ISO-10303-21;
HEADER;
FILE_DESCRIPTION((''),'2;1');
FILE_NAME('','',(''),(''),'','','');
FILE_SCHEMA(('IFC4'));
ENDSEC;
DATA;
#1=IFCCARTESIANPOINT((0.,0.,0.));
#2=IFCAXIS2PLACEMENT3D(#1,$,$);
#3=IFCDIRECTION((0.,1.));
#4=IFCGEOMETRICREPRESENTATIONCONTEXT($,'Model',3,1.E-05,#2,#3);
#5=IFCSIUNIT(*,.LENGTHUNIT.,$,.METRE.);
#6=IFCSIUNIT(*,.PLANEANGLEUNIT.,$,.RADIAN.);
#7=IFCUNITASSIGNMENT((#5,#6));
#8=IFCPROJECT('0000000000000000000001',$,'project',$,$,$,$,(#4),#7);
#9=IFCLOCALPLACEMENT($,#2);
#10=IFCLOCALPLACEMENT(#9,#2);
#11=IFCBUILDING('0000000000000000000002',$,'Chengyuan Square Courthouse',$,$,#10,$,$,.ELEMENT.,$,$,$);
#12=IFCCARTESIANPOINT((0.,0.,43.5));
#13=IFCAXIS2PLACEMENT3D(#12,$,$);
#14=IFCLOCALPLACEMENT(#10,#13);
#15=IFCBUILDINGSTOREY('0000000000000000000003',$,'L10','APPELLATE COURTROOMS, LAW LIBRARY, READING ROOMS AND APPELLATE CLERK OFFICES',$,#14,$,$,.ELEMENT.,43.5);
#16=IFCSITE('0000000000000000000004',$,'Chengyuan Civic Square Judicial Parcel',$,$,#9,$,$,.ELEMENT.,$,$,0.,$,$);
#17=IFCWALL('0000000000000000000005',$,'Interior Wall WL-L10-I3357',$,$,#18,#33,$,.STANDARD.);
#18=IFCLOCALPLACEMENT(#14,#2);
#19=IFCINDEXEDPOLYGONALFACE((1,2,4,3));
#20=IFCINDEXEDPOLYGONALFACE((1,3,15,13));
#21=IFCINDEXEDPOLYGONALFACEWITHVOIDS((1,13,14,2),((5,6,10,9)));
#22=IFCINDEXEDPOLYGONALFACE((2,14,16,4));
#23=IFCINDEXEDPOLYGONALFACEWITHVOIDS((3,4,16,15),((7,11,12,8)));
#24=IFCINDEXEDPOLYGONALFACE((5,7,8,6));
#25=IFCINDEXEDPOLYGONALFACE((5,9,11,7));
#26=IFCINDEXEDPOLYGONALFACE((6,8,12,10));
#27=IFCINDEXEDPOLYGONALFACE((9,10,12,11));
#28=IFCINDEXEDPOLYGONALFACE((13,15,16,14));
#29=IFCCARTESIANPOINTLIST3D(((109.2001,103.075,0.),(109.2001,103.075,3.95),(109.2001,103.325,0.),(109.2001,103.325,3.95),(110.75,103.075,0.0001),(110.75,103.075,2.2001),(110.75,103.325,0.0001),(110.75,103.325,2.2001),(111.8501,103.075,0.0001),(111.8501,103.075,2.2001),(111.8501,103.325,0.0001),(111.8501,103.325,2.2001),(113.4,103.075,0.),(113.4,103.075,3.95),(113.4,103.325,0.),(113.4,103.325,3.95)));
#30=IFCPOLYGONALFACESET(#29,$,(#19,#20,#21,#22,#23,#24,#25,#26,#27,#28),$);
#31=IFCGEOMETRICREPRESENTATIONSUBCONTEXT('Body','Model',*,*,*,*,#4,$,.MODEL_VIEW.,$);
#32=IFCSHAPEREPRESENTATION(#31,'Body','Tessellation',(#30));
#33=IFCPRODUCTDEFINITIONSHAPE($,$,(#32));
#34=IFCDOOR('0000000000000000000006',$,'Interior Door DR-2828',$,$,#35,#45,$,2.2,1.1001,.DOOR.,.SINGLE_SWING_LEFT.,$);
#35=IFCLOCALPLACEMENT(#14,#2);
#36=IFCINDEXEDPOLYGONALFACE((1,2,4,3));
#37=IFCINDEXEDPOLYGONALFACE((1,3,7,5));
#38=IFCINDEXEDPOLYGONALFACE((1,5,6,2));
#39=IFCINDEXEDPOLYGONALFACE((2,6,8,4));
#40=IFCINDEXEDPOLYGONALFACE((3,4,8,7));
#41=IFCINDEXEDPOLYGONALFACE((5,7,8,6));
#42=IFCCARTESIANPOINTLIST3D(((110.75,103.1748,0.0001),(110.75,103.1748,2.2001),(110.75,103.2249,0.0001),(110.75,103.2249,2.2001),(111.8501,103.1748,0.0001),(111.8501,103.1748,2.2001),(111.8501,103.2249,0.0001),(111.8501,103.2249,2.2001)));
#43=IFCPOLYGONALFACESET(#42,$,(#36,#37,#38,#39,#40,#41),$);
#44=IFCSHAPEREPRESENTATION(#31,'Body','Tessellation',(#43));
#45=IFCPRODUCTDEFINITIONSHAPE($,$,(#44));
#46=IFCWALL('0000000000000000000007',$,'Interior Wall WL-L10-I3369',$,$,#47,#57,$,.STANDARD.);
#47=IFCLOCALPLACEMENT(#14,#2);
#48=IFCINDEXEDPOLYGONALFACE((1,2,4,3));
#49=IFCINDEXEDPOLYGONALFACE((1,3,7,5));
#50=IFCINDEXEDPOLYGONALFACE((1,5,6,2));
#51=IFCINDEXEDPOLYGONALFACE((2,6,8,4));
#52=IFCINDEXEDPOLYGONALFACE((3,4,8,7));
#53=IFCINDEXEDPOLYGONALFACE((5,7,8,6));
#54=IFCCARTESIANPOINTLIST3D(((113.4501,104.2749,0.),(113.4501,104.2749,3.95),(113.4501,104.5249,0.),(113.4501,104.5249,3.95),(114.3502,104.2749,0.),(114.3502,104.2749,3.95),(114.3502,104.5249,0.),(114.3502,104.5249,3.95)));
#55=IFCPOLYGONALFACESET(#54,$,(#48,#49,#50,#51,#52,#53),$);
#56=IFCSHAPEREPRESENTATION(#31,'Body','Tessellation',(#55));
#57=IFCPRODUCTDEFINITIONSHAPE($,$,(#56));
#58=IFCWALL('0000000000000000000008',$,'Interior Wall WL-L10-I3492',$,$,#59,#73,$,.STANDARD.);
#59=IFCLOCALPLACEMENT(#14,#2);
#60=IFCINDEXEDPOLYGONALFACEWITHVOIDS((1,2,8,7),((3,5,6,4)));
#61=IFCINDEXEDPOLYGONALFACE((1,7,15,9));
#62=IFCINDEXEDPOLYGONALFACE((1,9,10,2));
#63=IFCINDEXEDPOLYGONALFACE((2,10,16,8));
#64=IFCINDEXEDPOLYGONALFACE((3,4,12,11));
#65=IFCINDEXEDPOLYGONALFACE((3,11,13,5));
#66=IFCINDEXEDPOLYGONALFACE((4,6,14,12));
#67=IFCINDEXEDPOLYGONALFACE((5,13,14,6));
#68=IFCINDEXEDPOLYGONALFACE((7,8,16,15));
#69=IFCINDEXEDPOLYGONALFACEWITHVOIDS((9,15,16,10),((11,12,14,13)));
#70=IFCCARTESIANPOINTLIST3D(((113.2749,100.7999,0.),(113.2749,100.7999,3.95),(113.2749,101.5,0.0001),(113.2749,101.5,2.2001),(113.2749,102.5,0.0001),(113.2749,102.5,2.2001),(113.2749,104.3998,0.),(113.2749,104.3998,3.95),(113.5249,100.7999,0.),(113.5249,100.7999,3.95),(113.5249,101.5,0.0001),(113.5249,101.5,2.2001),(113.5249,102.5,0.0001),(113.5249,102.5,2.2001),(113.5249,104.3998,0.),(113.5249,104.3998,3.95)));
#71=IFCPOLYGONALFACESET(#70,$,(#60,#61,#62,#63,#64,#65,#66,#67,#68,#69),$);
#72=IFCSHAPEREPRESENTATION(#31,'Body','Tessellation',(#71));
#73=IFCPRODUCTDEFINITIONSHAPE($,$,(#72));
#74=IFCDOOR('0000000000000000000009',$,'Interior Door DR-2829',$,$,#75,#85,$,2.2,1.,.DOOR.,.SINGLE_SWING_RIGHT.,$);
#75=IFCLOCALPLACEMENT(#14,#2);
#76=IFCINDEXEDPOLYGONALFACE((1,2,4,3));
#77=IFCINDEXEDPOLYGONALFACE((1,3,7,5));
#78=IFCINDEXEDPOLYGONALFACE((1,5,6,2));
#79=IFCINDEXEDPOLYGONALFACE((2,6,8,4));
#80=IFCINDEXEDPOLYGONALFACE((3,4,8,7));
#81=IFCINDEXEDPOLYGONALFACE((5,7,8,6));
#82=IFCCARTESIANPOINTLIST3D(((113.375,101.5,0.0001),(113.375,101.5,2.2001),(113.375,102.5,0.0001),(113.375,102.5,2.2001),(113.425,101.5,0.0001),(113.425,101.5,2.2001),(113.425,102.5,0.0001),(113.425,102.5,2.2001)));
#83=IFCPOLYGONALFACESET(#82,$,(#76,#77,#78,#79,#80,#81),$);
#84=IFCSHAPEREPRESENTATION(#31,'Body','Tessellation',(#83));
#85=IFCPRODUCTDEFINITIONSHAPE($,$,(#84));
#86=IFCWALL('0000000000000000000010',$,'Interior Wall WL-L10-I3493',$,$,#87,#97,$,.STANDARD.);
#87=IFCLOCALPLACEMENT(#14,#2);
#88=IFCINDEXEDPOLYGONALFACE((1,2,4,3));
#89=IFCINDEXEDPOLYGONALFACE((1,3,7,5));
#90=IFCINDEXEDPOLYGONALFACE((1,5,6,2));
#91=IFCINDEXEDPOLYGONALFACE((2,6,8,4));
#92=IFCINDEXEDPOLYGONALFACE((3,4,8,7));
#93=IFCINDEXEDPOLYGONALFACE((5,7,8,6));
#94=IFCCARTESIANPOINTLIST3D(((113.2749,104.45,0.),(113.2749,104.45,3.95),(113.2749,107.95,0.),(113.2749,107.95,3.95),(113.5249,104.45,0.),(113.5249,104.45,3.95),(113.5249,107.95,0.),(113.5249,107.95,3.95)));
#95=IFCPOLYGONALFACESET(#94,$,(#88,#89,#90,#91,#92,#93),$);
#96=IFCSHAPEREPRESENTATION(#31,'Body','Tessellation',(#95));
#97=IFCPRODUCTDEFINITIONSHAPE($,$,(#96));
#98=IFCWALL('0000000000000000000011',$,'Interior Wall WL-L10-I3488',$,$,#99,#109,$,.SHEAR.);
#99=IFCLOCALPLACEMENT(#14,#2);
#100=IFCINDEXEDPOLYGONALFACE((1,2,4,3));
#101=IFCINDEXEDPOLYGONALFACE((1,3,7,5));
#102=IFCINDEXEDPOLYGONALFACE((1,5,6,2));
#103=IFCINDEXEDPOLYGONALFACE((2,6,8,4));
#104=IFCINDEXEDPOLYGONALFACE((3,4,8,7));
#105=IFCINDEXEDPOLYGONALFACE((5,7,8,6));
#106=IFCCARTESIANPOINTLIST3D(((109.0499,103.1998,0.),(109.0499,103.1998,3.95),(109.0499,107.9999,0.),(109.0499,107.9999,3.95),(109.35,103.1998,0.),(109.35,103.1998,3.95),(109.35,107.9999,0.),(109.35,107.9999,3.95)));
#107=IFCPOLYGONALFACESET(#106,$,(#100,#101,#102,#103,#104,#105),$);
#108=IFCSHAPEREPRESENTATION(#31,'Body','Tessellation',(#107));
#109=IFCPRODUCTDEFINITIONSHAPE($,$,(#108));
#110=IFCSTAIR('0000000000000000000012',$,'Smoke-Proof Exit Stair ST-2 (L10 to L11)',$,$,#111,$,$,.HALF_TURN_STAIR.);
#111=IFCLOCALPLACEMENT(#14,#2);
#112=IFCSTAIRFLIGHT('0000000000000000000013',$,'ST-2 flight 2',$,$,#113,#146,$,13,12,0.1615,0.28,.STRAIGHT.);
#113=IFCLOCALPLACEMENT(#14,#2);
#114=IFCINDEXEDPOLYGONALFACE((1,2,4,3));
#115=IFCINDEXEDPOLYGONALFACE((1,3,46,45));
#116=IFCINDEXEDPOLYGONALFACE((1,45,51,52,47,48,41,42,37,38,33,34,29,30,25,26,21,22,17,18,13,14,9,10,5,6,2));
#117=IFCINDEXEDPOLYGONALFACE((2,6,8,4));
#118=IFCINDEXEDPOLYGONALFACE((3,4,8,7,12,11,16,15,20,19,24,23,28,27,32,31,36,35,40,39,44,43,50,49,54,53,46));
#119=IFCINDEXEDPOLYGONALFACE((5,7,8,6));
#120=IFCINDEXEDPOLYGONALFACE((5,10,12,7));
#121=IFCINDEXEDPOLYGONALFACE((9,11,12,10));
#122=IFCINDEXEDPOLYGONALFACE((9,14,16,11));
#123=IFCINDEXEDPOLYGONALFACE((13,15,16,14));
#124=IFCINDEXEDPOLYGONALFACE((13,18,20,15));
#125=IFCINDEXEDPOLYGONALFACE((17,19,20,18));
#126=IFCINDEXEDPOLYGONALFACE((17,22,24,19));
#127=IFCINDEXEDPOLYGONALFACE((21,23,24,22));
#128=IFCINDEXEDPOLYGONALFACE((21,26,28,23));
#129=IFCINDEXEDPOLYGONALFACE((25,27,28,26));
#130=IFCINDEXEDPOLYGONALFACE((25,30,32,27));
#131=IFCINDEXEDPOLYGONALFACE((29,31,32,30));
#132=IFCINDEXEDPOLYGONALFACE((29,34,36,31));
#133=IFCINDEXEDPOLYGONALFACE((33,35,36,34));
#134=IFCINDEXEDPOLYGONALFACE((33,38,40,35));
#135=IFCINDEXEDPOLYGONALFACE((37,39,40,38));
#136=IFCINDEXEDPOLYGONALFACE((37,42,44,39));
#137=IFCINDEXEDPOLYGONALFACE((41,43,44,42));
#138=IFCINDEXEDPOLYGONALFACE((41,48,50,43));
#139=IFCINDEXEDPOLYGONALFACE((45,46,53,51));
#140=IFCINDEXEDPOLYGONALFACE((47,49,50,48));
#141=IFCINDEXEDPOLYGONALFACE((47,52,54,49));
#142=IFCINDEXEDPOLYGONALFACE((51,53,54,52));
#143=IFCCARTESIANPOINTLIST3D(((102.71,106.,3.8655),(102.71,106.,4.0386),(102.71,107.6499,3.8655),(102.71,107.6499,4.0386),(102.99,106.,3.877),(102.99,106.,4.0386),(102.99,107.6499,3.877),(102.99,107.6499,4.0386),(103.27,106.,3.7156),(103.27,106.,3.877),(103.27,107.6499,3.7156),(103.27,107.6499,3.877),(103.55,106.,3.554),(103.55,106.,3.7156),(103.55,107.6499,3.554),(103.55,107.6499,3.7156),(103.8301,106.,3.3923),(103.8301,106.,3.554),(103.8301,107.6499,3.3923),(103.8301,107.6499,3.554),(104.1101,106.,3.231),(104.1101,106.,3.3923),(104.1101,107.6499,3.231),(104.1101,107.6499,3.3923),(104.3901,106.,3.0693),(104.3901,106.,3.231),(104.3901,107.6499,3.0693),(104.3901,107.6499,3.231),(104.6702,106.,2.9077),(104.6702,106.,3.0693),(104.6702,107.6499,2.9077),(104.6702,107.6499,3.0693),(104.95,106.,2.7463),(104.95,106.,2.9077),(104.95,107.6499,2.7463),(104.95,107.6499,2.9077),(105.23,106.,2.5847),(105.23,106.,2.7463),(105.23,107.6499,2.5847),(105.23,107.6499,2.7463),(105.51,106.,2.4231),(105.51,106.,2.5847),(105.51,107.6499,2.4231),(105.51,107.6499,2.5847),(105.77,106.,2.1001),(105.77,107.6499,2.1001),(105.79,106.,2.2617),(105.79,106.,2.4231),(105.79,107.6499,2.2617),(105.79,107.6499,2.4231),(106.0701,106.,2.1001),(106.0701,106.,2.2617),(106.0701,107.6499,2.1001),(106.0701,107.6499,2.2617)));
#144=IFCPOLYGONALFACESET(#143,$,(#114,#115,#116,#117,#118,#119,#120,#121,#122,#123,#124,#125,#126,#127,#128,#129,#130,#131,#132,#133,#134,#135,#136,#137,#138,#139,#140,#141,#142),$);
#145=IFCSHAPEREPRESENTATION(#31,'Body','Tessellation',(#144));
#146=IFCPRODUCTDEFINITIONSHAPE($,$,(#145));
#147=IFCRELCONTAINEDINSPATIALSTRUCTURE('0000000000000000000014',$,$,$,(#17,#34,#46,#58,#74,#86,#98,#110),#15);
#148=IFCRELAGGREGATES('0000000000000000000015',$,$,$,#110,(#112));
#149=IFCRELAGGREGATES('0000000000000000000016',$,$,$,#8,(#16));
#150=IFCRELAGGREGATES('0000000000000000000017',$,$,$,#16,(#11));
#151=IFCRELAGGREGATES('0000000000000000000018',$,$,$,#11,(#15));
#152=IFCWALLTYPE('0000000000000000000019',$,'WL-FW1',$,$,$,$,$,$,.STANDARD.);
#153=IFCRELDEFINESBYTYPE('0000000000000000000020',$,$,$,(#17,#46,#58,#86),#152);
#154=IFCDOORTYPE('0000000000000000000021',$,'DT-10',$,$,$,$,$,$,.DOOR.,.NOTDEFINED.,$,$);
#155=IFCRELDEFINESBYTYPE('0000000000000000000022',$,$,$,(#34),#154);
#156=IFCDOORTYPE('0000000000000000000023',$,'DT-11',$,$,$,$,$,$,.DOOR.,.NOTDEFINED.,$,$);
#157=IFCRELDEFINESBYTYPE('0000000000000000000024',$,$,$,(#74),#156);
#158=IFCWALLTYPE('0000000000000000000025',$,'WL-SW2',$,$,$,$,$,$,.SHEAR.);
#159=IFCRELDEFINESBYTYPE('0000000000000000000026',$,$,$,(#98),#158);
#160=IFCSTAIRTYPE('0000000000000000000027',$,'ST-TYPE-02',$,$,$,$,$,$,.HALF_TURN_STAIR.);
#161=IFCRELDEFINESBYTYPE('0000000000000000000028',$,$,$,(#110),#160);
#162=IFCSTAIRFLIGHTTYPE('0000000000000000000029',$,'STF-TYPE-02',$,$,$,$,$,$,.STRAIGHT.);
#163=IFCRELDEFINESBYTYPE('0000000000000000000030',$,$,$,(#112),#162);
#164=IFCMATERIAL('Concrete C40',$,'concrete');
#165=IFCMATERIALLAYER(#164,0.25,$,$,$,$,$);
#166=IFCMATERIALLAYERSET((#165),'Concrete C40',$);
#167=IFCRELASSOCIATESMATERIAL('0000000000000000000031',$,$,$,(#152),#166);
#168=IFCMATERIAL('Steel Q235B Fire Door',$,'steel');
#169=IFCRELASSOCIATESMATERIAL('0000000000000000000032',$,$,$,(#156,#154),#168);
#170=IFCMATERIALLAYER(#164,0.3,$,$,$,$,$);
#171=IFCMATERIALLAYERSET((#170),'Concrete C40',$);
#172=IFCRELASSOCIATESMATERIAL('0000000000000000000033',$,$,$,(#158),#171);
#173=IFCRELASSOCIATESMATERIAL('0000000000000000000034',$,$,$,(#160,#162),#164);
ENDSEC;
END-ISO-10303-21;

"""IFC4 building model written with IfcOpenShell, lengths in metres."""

from ifc_helpers import new_model, si_unit, direction, frame, frame_2d, origin, place, context, subcontext, project, spatial, polyline, rectangle, outline, extrude, material, layer, layer_set, type_object, element, fill, aggregate, save


model = new_model("IFC4")

# Units and contexts
model_context = context("Model", 3, precision=1e-05, world=origin(), true_north=direction((0.0, 1.0)))
body_context = subcontext(model_context, "Body", "Model", "MODEL_VIEW")
ifc_project = project(units=[si_unit("LENGTHUNIT", "METRE"), si_unit("PLANEANGLEUNIT", "RADIAN")], contexts=[model_context])

# Site, building, storey
site_placement = place(None, origin())
site = spatial("IfcSite", under=ifc_project, at=site_placement, Name="Chengyuan Civic Square Judicial Parcel", CompositionType="ELEMENT", RefElevation=0.0)
building_placement = place(site_placement, origin())
building = spatial("IfcBuilding", under=site, at=building_placement, Name="Chengyuan Square Courthouse", CompositionType="ELEMENT")
storey_placement = place(building_placement, frame((0.0, 0.0, 43.5)))
storey = spatial("IfcBuildingStorey", under=building, at=storey_placement, Name="L10", Description="APPELLATE COURTROOMS, LAW LIBRARY, READING ROOMS AND APPELLATE CLERK OFFICES", CompositionType="ELEMENT", Elevation=43.5)

# Shared definitions
ifc_material_1 = material(Name="Concrete C40", Category="concrete")
ifc_layer_1 = layer(ifc_material_1, 0.25)
ifc_layer_set_1 = layer_set([ifc_layer_1], Name="Concrete C40")
wall_type_1 = type_object("IfcWallType", Name="WL-FW1", PredefinedType="STANDARD", material=ifc_layer_set_1)
ifc_material_2 = material(Name="Steel Q235B Fire Door", Category="steel")
door_type_1 = type_object("IfcDoorType", Name="DT-11", OperationType="NOTDEFINED", PredefinedType="DOOR", material=ifc_material_2)

# Wall, opening, door
wall_1_placement = place(storey_placement, frame((109.2, 103.2, 0.0), z_axis=(0.0, 0.0, 1.0), x_axis=(1.0, 0.0, 0.0)))
wall_1 = element("IfcWall", 1, at=wall_1_placement, inside=storey, type_object=wall_type_1, Name="Interior Wall WL-L10-I3357", PredefinedType="STANDARD", context=body_context, shape_type="SweptSolid", body=[
    extrude(rectangle(XDim=4.2, YDim=0.25, at=frame_2d((2.1001, 0.0))), origin(), (0.0, 0.0, 1.0), 3.95),
])
opening_1_placement = place(wall_1_placement, frame((1.55, 0.0, 0.0)))
opening_1 = element("IfcOpeningElement", 2, at=opening_1_placement, cuts=wall_1, PredefinedType="OPENING", context=body_context, shape_type="SweptSolid", body=[
    extrude(rectangle(XDim=1.1001, YDim=2.2, at=frame_2d((0.55, 1.1001))), frame((0.0, 0.137, 0.0), z_axis=(0.0, -1.0, 0.0), x_axis=(1.0, 0.0, 0.0)), (0.0, 0.0, 1.0), 0.2739),
])
door_type_2 = type_object("IfcDoorType", Name="DT-10", OperationType="NOTDEFINED", PredefinedType="DOOR", material=ifc_material_2)
door_1_placement = place(opening_1_placement, origin())
door_1 = element("IfcDoor", 3, at=door_1_placement, inside=storey, type_object=door_type_2, Name="Interior Door DR-2828", OperationType="SINGLE_SWING_LEFT", OverallHeight=2.2, OverallWidth=1.1001, PredefinedType="DOOR", context=body_context, shape_type="SweptSolid", body=[
    extrude(rectangle(XDim=1.1001, YDim=2.2, at=frame_2d((0.55, 1.1001))), frame((0.0, 0.0249, 0.0), z_axis=(0.0, -1.0, 0.0), x_axis=(1.0, 0.0, 0.0)), (0.0, 0.0, 1.0), 0.05),
])
fill(opening_1, door_1)

# Wall
wall_2_placement = place(storey_placement, frame((113.45, 104.3999, 0.0), z_axis=(0.0, 0.0, 1.0), x_axis=(1.0, 0.0, 0.0)))
element("IfcWall", 4, at=wall_2_placement, inside=storey, type_object=wall_type_1, Name="Interior Wall WL-L10-I3369", PredefinedType="STANDARD", context=body_context, shape_type="SweptSolid", body=[
    extrude(rectangle(XDim=0.9001, YDim=0.25, at=frame_2d((0.4502, 0.0))), origin(), (0.0, 0.0, 1.0), 3.95),
])

# Wall, opening, door
wall_3_placement = place(storey_placement, frame((113.3999, 100.8, 0.0), z_axis=(0.0, 0.0, 1.0), x_axis=(0.0, 1.0, 0.0)))
wall_3 = element("IfcWall", 5, at=wall_3_placement, inside=storey, type_object=wall_type_1, Name="Interior Wall WL-L10-I3492", PredefinedType="STANDARD", context=body_context, shape_type="SweptSolid", body=[
    extrude(rectangle(XDim=3.5999, YDim=0.25, at=frame_2d((1.7998, 0.0))), origin(), (0.0, 0.0, 1.0), 3.95),
])
opening_2_placement = place(wall_3_placement, frame((0.7, 0.0, 0.0)))
opening_2 = element("IfcOpeningElement", 6, at=opening_2_placement, cuts=wall_3, PredefinedType="OPENING", context=body_context, shape_type="SweptSolid", body=[
    extrude(rectangle(XDim=1.0, YDim=2.2, at=frame_2d((0.5, 1.1001))), frame((0.0, 0.137, 0.0), z_axis=(0.0, -1.0, 0.0), x_axis=(1.0, 0.0, 0.0)), (0.0, 0.0, 1.0), 0.2739),
])
door_2_placement = place(opening_2_placement, origin())
door_2 = element("IfcDoor", 7, at=door_2_placement, inside=storey, type_object=door_type_1, Name="Interior Door DR-2829", OperationType="SINGLE_SWING_RIGHT", OverallHeight=2.2, OverallWidth=1.0, PredefinedType="DOOR", context=body_context, shape_type="SweptSolid", body=[
    extrude(rectangle(XDim=1.0, YDim=2.2, at=frame_2d((0.5, 1.1001))), frame((0.0, 0.0249, 0.0), z_axis=(0.0, -1.0, 0.0), x_axis=(1.0, 0.0, 0.0)), (0.0, 0.0, 1.0), 0.05),
])
fill(opening_2, door_2)

# Walls
wall_4_placement = place(storey_placement, frame((113.3999, 104.45, 0.0), z_axis=(0.0, 0.0, 1.0), x_axis=(0.0, 1.0, 0.0)))
element("IfcWall", 8, at=wall_4_placement, inside=storey, type_object=wall_type_1, Name="Interior Wall WL-L10-I3493", PredefinedType="STANDARD", context=body_context, shape_type="SweptSolid", body=[
    extrude(rectangle(XDim=3.5, YDim=0.25, at=frame_2d((1.75, 0.0))), origin(), (0.0, 0.0, 1.0), 3.95),
])
ifc_layer_2 = layer(ifc_material_1, 0.3)
ifc_layer_set_2 = layer_set([ifc_layer_2], Name="Concrete C40")
wall_type_2 = type_object("IfcWallType", Name="WL-SW2", PredefinedType="SHEAR", material=ifc_layer_set_2)
wall_5_placement = place(storey_placement, frame((109.2, 103.2, 0.0), z_axis=(0.0, 0.0, 1.0), x_axis=(0.0, 1.0, 0.0)))
element("IfcWall", 9, at=wall_5_placement, inside=storey, type_object=wall_type_2, Name="Interior Wall WL-L10-I3488", PredefinedType="SHEAR", context=body_context, shape_type="SweptSolid", body=[
    extrude(rectangle(XDim=4.8, YDim=0.3, at=frame_2d((2.3999, 0.0))), origin(), (0.0, 0.0, 1.0), 3.95),
])

# Stair, stair flight
stair_type = type_object("IfcStairType", Name="ST-TYPE-02", PredefinedType="HALF_TURN_STAIR", material=ifc_material_1)
stair_placement = place(storey_placement, origin())
stair = element("IfcStair", 10, at=stair_placement, inside=storey, type_object=stair_type, Name="Smoke-Proof Exit Stair ST-2 (L10 to L11)", PredefinedType="HALF_TURN_STAIR")
stair_flight_type = type_object("IfcStairFlightType", Name="STF-TYPE-02", PredefinedType="STRAIGHT", material=ifc_material_1)
stair_flight_placement = place(storey_placement, frame((106.0701, 106.825, 2.1001), z_axis=(0.0, 0.0, 1.0), x_axis=(-1.0, 0.0, 0.0)))
stair_flight = element("IfcStairFlight", 11, at=stair_flight_placement, type_object=stair_flight_type, Name="ST-2 flight 2", NumberOfRisers=13, NumberOfTreads=12, PredefinedType="STRAIGHT", RiserHeight=0.1615, TreadLength=0.28, context=body_context, shape_type="SweptSolid", body=[
    extrude(outline(polyline([(0.0, 0.0), (0.0, 0.1616), (0.28, 0.1616), (0.28, 0.323), (0.5601, 0.323), (0.5601, 0.4846), (0.8401, 0.4846), (0.8401, 0.6462), (1.1201, 0.6462), (1.1201, 0.8076), (1.3999, 0.8076), (1.3999, 0.9692), (1.6799, 0.9692), (1.6799, 1.1309), (1.96, 1.1309), (1.96, 1.2922), (2.24, 1.2922), (2.24, 1.4539), (2.52, 1.4539), (2.52, 1.6155), (2.8, 1.6155), (2.8, 1.7769), (3.0801, 1.7769), (3.0801, 1.9385), (3.3601, 1.9385), (3.3601, 2.1001), (3.3601, 1.7654), (0.3, 0.0), (0.0, 0.0)])), frame((0.0, 0.825, 0.0), z_axis=(0.0, -1.0, 0.0), x_axis=(1.0, 0.0, 0.0)), (0.0, 0.0, 1.0), 1.6499),
])
aggregate(stair, [stair_flight])

save(model, "model.ifc")
